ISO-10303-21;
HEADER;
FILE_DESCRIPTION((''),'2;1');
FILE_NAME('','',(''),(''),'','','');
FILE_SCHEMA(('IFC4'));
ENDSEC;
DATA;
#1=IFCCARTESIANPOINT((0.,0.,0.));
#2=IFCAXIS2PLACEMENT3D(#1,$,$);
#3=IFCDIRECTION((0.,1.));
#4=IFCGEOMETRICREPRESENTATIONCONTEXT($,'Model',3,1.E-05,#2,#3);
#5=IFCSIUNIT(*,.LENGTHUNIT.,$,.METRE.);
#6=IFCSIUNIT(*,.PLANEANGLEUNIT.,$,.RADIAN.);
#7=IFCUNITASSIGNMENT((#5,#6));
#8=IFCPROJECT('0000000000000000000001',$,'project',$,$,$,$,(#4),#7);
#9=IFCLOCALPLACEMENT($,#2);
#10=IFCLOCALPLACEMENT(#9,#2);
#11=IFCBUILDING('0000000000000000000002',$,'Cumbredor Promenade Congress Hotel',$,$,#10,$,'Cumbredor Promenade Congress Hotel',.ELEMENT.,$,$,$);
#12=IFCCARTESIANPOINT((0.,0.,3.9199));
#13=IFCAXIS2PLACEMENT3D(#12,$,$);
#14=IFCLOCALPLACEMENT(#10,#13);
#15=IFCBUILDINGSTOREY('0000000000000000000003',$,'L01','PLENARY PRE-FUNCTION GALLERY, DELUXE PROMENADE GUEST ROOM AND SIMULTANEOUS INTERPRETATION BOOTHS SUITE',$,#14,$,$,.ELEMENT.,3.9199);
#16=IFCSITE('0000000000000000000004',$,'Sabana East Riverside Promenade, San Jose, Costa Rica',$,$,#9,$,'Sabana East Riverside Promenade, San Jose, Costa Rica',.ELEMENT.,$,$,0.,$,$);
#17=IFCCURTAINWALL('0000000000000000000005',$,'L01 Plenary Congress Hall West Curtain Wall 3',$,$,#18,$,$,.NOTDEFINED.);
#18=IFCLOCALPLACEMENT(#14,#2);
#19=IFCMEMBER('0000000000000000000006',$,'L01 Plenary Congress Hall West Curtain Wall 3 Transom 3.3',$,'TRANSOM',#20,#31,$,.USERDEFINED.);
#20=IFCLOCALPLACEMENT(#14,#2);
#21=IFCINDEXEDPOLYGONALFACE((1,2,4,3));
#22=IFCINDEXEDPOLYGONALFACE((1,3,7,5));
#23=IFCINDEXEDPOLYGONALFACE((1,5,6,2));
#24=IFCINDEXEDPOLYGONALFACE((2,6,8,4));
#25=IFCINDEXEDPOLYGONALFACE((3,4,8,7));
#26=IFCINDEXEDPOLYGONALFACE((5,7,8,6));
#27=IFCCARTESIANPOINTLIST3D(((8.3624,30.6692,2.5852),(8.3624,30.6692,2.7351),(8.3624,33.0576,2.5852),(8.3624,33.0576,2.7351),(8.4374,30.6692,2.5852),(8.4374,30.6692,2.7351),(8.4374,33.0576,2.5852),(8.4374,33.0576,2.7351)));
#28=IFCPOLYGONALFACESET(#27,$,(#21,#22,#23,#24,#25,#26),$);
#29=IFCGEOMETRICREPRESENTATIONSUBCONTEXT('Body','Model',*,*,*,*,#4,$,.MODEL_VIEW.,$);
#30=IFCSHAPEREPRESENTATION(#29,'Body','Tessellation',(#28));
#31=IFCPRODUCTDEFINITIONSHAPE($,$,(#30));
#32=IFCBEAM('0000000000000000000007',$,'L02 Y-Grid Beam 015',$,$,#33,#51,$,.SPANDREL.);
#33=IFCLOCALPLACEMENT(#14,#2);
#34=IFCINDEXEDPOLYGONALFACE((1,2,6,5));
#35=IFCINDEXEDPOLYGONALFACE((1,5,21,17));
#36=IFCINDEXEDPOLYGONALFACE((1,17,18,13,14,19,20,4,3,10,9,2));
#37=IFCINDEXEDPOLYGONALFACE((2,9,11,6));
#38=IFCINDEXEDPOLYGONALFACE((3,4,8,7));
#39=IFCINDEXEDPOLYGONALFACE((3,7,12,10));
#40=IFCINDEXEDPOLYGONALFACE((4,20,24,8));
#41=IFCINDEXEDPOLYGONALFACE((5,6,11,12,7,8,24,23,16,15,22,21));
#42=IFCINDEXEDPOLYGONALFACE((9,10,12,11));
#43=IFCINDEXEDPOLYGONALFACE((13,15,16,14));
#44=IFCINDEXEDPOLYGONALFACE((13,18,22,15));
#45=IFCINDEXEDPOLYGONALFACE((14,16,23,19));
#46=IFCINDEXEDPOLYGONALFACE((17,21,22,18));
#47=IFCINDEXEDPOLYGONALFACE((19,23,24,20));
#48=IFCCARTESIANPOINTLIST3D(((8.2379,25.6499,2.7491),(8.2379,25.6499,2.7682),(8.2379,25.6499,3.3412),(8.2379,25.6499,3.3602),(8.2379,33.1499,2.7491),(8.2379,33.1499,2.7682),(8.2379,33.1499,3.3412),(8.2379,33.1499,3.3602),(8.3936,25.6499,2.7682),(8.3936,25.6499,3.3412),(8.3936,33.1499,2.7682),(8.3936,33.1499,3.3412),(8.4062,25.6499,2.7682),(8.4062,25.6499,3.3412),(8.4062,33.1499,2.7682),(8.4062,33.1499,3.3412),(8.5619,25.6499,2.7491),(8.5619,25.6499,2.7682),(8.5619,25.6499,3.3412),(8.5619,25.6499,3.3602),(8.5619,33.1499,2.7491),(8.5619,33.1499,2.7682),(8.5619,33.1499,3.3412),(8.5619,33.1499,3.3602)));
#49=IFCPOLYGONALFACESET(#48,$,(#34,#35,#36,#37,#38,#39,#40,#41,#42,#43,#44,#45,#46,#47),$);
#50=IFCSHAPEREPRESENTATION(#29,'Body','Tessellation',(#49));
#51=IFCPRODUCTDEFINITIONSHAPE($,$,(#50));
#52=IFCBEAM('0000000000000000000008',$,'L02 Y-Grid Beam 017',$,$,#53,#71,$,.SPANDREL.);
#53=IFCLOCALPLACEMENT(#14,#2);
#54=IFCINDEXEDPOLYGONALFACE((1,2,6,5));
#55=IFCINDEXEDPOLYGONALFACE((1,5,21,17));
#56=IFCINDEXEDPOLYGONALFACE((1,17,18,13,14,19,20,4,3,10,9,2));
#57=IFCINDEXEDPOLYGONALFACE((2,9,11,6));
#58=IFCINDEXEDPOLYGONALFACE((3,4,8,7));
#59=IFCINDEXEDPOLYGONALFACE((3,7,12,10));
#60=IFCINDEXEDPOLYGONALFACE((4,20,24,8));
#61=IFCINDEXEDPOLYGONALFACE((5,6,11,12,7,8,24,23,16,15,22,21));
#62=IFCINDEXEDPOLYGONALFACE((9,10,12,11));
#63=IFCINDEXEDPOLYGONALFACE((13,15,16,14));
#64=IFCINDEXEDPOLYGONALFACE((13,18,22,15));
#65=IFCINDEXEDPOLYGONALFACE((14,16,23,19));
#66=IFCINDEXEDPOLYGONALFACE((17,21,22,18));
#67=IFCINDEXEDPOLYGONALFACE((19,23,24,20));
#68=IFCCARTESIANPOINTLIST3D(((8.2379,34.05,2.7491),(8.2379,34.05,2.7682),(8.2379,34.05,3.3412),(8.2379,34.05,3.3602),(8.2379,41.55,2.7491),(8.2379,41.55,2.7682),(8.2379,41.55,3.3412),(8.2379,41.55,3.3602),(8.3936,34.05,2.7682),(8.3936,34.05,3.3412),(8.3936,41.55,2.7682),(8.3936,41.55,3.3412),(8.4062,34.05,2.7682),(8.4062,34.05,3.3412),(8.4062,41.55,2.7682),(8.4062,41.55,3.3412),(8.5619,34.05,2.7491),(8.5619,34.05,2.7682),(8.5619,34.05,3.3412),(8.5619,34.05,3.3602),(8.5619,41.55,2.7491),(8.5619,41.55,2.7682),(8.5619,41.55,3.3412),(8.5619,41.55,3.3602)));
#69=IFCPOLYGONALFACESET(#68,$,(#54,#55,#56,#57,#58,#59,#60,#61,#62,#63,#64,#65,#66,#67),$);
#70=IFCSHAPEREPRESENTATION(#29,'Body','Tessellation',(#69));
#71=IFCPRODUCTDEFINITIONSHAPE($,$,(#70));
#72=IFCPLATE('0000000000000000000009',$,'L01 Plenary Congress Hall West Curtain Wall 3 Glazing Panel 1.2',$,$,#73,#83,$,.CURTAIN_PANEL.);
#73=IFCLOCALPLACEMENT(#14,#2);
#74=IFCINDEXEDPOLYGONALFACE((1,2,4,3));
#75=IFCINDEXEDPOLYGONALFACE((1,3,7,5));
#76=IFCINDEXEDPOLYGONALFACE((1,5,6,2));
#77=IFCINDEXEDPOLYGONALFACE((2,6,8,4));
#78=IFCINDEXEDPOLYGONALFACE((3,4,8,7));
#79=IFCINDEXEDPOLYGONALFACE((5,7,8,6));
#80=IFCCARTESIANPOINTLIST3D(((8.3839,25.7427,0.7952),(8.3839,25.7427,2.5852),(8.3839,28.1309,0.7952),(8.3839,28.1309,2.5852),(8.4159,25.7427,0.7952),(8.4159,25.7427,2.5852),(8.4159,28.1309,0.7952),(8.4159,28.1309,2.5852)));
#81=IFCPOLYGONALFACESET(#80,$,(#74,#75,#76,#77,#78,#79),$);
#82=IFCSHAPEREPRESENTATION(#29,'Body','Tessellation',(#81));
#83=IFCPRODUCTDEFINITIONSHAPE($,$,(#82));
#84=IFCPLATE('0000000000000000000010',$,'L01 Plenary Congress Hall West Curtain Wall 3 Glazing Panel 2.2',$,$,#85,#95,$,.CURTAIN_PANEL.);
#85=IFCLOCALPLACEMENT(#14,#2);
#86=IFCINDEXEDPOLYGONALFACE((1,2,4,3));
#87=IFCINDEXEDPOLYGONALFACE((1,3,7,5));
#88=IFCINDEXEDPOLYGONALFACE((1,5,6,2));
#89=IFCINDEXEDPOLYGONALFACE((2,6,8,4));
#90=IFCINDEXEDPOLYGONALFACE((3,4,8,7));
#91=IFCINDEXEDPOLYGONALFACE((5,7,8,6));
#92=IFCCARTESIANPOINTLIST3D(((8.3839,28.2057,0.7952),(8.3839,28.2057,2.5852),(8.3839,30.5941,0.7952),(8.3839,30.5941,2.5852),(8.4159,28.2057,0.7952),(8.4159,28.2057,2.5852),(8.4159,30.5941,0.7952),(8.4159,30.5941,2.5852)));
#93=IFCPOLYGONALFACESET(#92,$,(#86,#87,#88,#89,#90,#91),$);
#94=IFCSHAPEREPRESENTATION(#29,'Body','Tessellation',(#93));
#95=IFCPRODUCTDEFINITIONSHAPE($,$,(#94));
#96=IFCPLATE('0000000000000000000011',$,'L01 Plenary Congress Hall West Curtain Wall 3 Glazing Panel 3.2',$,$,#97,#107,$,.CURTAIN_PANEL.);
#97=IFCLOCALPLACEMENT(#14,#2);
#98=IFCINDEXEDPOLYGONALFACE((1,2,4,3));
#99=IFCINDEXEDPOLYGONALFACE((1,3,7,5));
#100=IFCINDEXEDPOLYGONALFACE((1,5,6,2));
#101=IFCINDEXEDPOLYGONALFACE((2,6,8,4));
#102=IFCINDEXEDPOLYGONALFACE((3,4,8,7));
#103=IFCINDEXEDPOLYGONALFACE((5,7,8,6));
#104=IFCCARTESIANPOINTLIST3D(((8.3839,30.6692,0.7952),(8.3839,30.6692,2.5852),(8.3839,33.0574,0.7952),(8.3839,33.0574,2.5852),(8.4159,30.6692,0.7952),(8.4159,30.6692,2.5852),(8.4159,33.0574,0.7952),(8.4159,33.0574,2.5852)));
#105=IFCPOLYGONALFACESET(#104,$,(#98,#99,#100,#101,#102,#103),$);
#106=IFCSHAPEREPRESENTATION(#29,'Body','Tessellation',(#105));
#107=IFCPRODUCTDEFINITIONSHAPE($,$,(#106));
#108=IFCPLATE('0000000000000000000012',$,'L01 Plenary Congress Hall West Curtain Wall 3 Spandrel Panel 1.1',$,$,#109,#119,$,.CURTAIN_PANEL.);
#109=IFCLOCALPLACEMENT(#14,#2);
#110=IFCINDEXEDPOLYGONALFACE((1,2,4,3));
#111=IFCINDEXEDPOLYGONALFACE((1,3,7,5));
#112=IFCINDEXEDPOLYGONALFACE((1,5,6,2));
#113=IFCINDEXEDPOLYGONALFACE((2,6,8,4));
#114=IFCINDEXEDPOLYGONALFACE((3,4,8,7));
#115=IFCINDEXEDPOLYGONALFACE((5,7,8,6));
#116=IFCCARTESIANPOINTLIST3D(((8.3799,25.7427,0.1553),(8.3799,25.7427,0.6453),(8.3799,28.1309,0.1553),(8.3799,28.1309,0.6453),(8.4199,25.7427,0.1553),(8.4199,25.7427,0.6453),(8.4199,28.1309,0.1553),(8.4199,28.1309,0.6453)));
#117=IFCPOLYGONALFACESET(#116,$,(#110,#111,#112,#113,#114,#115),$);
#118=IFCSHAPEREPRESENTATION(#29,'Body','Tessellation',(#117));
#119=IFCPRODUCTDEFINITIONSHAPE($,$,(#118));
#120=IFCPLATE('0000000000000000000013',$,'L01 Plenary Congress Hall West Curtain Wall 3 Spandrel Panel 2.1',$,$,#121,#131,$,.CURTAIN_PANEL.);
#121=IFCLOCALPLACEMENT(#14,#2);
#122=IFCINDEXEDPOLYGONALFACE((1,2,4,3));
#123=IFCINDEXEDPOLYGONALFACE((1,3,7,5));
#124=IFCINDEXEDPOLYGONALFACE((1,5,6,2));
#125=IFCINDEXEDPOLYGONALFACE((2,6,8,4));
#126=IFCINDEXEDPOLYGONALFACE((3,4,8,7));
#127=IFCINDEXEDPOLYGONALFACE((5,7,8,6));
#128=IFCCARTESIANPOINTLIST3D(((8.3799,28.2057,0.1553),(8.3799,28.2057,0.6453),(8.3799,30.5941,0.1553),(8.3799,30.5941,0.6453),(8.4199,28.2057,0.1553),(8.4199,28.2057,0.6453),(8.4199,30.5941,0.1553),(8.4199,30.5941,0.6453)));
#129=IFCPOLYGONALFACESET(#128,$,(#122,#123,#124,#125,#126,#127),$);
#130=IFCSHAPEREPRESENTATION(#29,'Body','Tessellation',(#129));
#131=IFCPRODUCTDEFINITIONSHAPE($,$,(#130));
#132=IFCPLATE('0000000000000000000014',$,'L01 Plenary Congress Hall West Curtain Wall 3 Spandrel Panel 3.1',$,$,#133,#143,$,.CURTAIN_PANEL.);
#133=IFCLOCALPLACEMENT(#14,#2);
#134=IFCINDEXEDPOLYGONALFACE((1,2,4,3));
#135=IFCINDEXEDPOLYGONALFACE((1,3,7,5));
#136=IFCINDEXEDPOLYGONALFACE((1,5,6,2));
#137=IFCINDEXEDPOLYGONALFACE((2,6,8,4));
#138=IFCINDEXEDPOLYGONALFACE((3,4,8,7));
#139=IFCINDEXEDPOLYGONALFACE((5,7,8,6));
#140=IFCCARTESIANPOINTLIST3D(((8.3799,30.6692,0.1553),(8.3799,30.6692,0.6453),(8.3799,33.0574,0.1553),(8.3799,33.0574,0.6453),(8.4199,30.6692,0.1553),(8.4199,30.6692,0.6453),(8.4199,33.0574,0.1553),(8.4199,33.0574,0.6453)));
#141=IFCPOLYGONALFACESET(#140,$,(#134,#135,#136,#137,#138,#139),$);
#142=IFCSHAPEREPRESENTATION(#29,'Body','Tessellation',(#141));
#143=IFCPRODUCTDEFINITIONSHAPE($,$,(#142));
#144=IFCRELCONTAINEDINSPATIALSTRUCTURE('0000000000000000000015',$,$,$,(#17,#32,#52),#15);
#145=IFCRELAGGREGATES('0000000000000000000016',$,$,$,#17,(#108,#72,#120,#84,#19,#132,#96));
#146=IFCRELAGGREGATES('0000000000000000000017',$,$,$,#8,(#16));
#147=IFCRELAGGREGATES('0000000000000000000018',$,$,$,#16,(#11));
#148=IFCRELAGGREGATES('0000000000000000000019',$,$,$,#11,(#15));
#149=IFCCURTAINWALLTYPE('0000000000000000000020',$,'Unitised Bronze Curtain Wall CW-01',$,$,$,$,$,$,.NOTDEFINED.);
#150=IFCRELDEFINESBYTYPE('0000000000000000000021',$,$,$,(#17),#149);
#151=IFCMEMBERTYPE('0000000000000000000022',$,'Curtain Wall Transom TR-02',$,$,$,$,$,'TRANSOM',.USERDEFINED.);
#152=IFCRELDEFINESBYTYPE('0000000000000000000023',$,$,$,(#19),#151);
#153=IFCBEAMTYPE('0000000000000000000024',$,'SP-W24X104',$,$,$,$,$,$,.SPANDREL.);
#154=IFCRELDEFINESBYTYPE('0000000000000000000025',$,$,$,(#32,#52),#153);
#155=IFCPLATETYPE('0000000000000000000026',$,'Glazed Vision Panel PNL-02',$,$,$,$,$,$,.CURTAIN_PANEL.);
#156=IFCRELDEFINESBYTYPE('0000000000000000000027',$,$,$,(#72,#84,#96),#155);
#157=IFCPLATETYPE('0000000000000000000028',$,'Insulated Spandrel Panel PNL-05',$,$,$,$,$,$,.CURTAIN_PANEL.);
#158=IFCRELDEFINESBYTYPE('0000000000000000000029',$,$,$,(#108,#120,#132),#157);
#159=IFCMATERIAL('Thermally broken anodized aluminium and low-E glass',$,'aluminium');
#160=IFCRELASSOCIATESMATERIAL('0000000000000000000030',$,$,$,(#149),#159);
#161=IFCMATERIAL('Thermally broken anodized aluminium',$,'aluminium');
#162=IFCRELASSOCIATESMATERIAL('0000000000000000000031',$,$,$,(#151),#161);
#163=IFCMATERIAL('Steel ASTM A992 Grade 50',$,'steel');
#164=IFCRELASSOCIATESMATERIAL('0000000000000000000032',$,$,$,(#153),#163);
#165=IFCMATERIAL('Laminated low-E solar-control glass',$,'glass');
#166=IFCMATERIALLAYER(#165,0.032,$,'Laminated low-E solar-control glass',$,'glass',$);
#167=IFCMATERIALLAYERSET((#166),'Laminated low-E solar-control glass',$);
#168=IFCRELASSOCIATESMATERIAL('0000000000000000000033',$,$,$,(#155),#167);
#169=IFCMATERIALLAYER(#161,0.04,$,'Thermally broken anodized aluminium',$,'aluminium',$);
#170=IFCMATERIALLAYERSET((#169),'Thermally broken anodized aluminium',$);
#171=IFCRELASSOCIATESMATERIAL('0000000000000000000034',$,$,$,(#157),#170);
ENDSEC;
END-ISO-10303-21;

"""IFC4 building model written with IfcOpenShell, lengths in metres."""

from ifc_helpers import new_model, si_unit, direction, frame, origin, origin_2d, place, context, subcontext, project, spatial, rectangle, i_section, extrude, material, layer, layer_set, material_profile, profile_set, type_object, element, aggregate, save


model = new_model("IFC4")

# Units and contexts
model_context = context("Model", 3, precision=1e-05, world=origin(), true_north=direction((0.0, 1.0)))
body_context = subcontext(model_context, "Body", "Model", "MODEL_VIEW")
ifc_project = project(units=[si_unit("LENGTHUNIT", "METRE"), si_unit("PLANEANGLEUNIT", "RADIAN")], contexts=[model_context])

# Site, building, storey
site_placement = place(None, origin())
site = spatial("IfcSite", under=ifc_project, at=site_placement, Name="Sabana East Riverside Promenade, San Jose, Costa Rica", LongName="Sabana East Riverside Promenade, San Jose, Costa Rica", CompositionType="ELEMENT", RefElevation=0.0)
building_placement = place(site_placement, origin())
building = spatial("IfcBuilding", under=site, at=building_placement, Name="Cumbredor Promenade Congress Hotel", LongName="Cumbredor Promenade Congress Hotel", CompositionType="ELEMENT")
storey_placement = place(building_placement, frame((0.0, 0.0, 3.9199)))
storey = spatial("IfcBuildingStorey", under=building, at=storey_placement, Name="L01", Description="PLENARY PRE-FUNCTION GALLERY, DELUXE PROMENADE GUEST ROOM AND SIMULTANEOUS INTERPRETATION BOOTHS SUITE", CompositionType="ELEMENT", Elevation=3.9199)

# Curtain wall
ifc_material_1 = material(Name="Thermally broken anodized aluminium and low-E glass", Category="aluminium")
curtain_wall_type = type_object("IfcCurtainWallType", Name="Unitised Bronze Curtain Wall CW-01", PredefinedType="NOTDEFINED", material=ifc_material_1)
curtain_wall_1_placement = place(storey_placement, origin())
curtain_wall_1 = element("IfcCurtainWall", 1, at=curtain_wall_1_placement, inside=storey, type_object=curtain_wall_type, Name="L01 Plenary Congress Hall West Curtain Wall 3", PredefinedType="NOTDEFINED")
ifc_material_2 = material(Name="Thermally broken anodized aluminium", Category="aluminium")

# Member
ifc_material_profile_1 = material_profile(ifc_material_2, rectangle(XDim=0.075, YDim=0.1499, at=origin_2d()), Name="ALU TRANSOM 75x150")
ifc_profile_set_1 = profile_set([ifc_material_profile_1], Name="Thermally broken anodized aluminium")
member_type_1 = type_object("IfcMemberType", Name="Curtain Wall Transom TR-02", ElementType="TRANSOM", PredefinedType="USERDEFINED", material=ifc_profile_set_1)
member_1_placement = place(storey_placement, frame((8.3999, 30.6692, 2.6602), z_axis=(0.0, 1.0, 0.0), x_axis=(-1.0, 0.0, 0.0)))
member_1 = element("IfcMember", 2, at=member_1_placement, type_object=member_type_1, Name="L01 Plenary Congress Hall West Curtain Wall 3 Transom 3.3", ObjectType="TRANSOM", PredefinedType="USERDEFINED", context=body_context, shape_type="SweptSolid", body=[
    extrude(rectangle(XDim=0.075, YDim=0.1499, at=origin_2d()), origin(), (0.0, 0.0, 1.0), 2.3884),
])

# Beams
ifc_material_3 = material(Name="Steel ASTM A992 Grade 50", Category="steel")
ifc_material_profile_2 = material_profile(ifc_material_3, i_section(OverallWidth=0.324, OverallDepth=0.6111, WebThickness=0.0127, FlangeThickness=0.019, at=origin_2d()), Name="W24X104")
ifc_profile_set_2 = profile_set([ifc_material_profile_2], Name="Steel ASTM A992 Grade 50")
beam_type = type_object("IfcBeamType", Name="SP-W24X104", PredefinedType="SPANDREL", material=ifc_profile_set_2)
for number, where, z_axis, x_axis, name in (
    (3, (8.3999, 25.6499, 3.0547), (0.0, 1.0, 0.0), (-1.0, 0.0, 0.0), "L02 Y-Grid Beam 015"),
    (4, (8.3999, 34.05, 3.0547), (0.0, 1.0, 0.0), (-1.0, 0.0, 0.0), "L02 Y-Grid Beam 017"),
):
    element("IfcBeam", number, at=place(storey_placement, frame(where, z_axis=z_axis, x_axis=x_axis)), inside=storey, type_object=beam_type, Name=name, PredefinedType="SPANDREL", context=body_context, shape_type="SweptSolid", body=[
        extrude(i_section(OverallWidth=0.324, OverallDepth=0.6111, WebThickness=0.0127, FlangeThickness=0.019, at=origin_2d()), origin(), (0.0, 0.0, 1.0), 7.5),
    ])

# Plates
ifc_material_4 = material(Name="Laminated low-E solar-control glass", Category="glass")
ifc_layer_1 = layer(ifc_material_4, 0.032, Name="Laminated low-E solar-control glass", Category="glass")
ifc_layer_set_1 = layer_set([ifc_layer_1], Name="Laminated low-E solar-control glass")
plate_type_1 = type_object("IfcPlateType", Name="Glazed Vision Panel PNL-02", PredefinedType="CURTAIN_PANEL", material=ifc_layer_set_1)
plate_1_placement = place(storey_placement, frame((8.3999, 26.9368, 0.7952), z_axis=(0.0, 0.0, 1.0), x_axis=(0.0, 1.0, 0.0)))
plate_1 = element("IfcPlate", 5, at=plate_1_placement, type_object=plate_type_1, Name="L01 Plenary Congress Hall West Curtain Wall 3 Glazing Panel 1.2", PredefinedType="CURTAIN_PANEL", context=body_context, shape_type="SweptSolid", body=[
    extrude(rectangle(XDim=2.3882, YDim=0.032, at=origin_2d()), origin(), (0.0, 0.0, 1.0), 1.79),
])
plate_2_placement = place(storey_placement, frame((8.3999, 29.3999, 0.7952), z_axis=(0.0, 0.0, 1.0), x_axis=(0.0, 1.0, 0.0)))
plate_2 = element("IfcPlate", 6, at=plate_2_placement, type_object=plate_type_1, Name="L01 Plenary Congress Hall West Curtain Wall 3 Glazing Panel 2.2", PredefinedType="CURTAIN_PANEL", context=body_context, shape_type="SweptSolid", body=[
    extrude(rectangle(XDim=2.3884, YDim=0.032, at=origin_2d()), origin(), (0.0, 0.0, 1.0), 1.79),
])
plate_3_placement = place(storey_placement, frame((8.3999, 31.8633, 0.7952), z_axis=(0.0, 0.0, 1.0), x_axis=(0.0, 1.0, 0.0)))
plate_3 = element("IfcPlate", 7, at=plate_3_placement, type_object=plate_type_1, Name="L01 Plenary Congress Hall West Curtain Wall 3 Glazing Panel 3.2", PredefinedType="CURTAIN_PANEL", context=body_context, shape_type="SweptSolid", body=[
    extrude(rectangle(XDim=2.3882, YDim=0.032, at=origin_2d()), origin(), (0.0, 0.0, 1.0), 1.79),
])
ifc_layer_2 = layer(ifc_material_2, 0.04, Name="Thermally broken anodized aluminium", Category="aluminium")
ifc_layer_set_2 = layer_set([ifc_layer_2], Name="Thermally broken anodized aluminium")
plate_type_2 = type_object("IfcPlateType", Name="Insulated Spandrel Panel PNL-05", PredefinedType="CURTAIN_PANEL", material=ifc_layer_set_2)
plate_4_placement = place(storey_placement, frame((8.3999, 26.9368, 0.1553), z_axis=(0.0, 0.0, 1.0), x_axis=(0.0, 1.0, 0.0)))
plate_4 = element("IfcPlate", 8, at=plate_4_placement, type_object=plate_type_2, Name="L01 Plenary Congress Hall West Curtain Wall 3 Spandrel Panel 1.1", PredefinedType="CURTAIN_PANEL", context=body_context, shape_type="SweptSolid", body=[
    extrude(rectangle(XDim=2.3882, YDim=0.04, at=origin_2d()), origin(), (0.0, 0.0, 1.0), 0.49),
])
plate_5_placement = place(storey_placement, frame((8.3999, 29.3999, 0.1553), z_axis=(0.0, 0.0, 1.0), x_axis=(0.0, 1.0, 0.0)))
plate_5 = element("IfcPlate", 9, at=plate_5_placement, type_object=plate_type_2, Name="L01 Plenary Congress Hall West Curtain Wall 3 Spandrel Panel 2.1", PredefinedType="CURTAIN_PANEL", context=body_context, shape_type="SweptSolid", body=[
    extrude(rectangle(XDim=2.3884, YDim=0.04, at=origin_2d()), origin(), (0.0, 0.0, 1.0), 0.49),
])
plate_6_placement = place(storey_placement, frame((8.3999, 31.8633, 0.1553), z_axis=(0.0, 0.0, 1.0), x_axis=(0.0, 1.0, 0.0)))
plate_6 = element("IfcPlate", 10, at=plate_6_placement, type_object=plate_type_2, Name="L01 Plenary Congress Hall West Curtain Wall 3 Spandrel Panel 3.1", PredefinedType="CURTAIN_PANEL", context=body_context, shape_type="SweptSolid", body=[
    extrude(rectangle(XDim=2.3882, YDim=0.04, at=origin_2d()), origin(), (0.0, 0.0, 1.0), 0.49),
])
aggregate(curtain_wall_1, [plate_4, plate_1, plate_5, plate_2, member_1, plate_6, plate_3])

save(model, "model.ifc")
